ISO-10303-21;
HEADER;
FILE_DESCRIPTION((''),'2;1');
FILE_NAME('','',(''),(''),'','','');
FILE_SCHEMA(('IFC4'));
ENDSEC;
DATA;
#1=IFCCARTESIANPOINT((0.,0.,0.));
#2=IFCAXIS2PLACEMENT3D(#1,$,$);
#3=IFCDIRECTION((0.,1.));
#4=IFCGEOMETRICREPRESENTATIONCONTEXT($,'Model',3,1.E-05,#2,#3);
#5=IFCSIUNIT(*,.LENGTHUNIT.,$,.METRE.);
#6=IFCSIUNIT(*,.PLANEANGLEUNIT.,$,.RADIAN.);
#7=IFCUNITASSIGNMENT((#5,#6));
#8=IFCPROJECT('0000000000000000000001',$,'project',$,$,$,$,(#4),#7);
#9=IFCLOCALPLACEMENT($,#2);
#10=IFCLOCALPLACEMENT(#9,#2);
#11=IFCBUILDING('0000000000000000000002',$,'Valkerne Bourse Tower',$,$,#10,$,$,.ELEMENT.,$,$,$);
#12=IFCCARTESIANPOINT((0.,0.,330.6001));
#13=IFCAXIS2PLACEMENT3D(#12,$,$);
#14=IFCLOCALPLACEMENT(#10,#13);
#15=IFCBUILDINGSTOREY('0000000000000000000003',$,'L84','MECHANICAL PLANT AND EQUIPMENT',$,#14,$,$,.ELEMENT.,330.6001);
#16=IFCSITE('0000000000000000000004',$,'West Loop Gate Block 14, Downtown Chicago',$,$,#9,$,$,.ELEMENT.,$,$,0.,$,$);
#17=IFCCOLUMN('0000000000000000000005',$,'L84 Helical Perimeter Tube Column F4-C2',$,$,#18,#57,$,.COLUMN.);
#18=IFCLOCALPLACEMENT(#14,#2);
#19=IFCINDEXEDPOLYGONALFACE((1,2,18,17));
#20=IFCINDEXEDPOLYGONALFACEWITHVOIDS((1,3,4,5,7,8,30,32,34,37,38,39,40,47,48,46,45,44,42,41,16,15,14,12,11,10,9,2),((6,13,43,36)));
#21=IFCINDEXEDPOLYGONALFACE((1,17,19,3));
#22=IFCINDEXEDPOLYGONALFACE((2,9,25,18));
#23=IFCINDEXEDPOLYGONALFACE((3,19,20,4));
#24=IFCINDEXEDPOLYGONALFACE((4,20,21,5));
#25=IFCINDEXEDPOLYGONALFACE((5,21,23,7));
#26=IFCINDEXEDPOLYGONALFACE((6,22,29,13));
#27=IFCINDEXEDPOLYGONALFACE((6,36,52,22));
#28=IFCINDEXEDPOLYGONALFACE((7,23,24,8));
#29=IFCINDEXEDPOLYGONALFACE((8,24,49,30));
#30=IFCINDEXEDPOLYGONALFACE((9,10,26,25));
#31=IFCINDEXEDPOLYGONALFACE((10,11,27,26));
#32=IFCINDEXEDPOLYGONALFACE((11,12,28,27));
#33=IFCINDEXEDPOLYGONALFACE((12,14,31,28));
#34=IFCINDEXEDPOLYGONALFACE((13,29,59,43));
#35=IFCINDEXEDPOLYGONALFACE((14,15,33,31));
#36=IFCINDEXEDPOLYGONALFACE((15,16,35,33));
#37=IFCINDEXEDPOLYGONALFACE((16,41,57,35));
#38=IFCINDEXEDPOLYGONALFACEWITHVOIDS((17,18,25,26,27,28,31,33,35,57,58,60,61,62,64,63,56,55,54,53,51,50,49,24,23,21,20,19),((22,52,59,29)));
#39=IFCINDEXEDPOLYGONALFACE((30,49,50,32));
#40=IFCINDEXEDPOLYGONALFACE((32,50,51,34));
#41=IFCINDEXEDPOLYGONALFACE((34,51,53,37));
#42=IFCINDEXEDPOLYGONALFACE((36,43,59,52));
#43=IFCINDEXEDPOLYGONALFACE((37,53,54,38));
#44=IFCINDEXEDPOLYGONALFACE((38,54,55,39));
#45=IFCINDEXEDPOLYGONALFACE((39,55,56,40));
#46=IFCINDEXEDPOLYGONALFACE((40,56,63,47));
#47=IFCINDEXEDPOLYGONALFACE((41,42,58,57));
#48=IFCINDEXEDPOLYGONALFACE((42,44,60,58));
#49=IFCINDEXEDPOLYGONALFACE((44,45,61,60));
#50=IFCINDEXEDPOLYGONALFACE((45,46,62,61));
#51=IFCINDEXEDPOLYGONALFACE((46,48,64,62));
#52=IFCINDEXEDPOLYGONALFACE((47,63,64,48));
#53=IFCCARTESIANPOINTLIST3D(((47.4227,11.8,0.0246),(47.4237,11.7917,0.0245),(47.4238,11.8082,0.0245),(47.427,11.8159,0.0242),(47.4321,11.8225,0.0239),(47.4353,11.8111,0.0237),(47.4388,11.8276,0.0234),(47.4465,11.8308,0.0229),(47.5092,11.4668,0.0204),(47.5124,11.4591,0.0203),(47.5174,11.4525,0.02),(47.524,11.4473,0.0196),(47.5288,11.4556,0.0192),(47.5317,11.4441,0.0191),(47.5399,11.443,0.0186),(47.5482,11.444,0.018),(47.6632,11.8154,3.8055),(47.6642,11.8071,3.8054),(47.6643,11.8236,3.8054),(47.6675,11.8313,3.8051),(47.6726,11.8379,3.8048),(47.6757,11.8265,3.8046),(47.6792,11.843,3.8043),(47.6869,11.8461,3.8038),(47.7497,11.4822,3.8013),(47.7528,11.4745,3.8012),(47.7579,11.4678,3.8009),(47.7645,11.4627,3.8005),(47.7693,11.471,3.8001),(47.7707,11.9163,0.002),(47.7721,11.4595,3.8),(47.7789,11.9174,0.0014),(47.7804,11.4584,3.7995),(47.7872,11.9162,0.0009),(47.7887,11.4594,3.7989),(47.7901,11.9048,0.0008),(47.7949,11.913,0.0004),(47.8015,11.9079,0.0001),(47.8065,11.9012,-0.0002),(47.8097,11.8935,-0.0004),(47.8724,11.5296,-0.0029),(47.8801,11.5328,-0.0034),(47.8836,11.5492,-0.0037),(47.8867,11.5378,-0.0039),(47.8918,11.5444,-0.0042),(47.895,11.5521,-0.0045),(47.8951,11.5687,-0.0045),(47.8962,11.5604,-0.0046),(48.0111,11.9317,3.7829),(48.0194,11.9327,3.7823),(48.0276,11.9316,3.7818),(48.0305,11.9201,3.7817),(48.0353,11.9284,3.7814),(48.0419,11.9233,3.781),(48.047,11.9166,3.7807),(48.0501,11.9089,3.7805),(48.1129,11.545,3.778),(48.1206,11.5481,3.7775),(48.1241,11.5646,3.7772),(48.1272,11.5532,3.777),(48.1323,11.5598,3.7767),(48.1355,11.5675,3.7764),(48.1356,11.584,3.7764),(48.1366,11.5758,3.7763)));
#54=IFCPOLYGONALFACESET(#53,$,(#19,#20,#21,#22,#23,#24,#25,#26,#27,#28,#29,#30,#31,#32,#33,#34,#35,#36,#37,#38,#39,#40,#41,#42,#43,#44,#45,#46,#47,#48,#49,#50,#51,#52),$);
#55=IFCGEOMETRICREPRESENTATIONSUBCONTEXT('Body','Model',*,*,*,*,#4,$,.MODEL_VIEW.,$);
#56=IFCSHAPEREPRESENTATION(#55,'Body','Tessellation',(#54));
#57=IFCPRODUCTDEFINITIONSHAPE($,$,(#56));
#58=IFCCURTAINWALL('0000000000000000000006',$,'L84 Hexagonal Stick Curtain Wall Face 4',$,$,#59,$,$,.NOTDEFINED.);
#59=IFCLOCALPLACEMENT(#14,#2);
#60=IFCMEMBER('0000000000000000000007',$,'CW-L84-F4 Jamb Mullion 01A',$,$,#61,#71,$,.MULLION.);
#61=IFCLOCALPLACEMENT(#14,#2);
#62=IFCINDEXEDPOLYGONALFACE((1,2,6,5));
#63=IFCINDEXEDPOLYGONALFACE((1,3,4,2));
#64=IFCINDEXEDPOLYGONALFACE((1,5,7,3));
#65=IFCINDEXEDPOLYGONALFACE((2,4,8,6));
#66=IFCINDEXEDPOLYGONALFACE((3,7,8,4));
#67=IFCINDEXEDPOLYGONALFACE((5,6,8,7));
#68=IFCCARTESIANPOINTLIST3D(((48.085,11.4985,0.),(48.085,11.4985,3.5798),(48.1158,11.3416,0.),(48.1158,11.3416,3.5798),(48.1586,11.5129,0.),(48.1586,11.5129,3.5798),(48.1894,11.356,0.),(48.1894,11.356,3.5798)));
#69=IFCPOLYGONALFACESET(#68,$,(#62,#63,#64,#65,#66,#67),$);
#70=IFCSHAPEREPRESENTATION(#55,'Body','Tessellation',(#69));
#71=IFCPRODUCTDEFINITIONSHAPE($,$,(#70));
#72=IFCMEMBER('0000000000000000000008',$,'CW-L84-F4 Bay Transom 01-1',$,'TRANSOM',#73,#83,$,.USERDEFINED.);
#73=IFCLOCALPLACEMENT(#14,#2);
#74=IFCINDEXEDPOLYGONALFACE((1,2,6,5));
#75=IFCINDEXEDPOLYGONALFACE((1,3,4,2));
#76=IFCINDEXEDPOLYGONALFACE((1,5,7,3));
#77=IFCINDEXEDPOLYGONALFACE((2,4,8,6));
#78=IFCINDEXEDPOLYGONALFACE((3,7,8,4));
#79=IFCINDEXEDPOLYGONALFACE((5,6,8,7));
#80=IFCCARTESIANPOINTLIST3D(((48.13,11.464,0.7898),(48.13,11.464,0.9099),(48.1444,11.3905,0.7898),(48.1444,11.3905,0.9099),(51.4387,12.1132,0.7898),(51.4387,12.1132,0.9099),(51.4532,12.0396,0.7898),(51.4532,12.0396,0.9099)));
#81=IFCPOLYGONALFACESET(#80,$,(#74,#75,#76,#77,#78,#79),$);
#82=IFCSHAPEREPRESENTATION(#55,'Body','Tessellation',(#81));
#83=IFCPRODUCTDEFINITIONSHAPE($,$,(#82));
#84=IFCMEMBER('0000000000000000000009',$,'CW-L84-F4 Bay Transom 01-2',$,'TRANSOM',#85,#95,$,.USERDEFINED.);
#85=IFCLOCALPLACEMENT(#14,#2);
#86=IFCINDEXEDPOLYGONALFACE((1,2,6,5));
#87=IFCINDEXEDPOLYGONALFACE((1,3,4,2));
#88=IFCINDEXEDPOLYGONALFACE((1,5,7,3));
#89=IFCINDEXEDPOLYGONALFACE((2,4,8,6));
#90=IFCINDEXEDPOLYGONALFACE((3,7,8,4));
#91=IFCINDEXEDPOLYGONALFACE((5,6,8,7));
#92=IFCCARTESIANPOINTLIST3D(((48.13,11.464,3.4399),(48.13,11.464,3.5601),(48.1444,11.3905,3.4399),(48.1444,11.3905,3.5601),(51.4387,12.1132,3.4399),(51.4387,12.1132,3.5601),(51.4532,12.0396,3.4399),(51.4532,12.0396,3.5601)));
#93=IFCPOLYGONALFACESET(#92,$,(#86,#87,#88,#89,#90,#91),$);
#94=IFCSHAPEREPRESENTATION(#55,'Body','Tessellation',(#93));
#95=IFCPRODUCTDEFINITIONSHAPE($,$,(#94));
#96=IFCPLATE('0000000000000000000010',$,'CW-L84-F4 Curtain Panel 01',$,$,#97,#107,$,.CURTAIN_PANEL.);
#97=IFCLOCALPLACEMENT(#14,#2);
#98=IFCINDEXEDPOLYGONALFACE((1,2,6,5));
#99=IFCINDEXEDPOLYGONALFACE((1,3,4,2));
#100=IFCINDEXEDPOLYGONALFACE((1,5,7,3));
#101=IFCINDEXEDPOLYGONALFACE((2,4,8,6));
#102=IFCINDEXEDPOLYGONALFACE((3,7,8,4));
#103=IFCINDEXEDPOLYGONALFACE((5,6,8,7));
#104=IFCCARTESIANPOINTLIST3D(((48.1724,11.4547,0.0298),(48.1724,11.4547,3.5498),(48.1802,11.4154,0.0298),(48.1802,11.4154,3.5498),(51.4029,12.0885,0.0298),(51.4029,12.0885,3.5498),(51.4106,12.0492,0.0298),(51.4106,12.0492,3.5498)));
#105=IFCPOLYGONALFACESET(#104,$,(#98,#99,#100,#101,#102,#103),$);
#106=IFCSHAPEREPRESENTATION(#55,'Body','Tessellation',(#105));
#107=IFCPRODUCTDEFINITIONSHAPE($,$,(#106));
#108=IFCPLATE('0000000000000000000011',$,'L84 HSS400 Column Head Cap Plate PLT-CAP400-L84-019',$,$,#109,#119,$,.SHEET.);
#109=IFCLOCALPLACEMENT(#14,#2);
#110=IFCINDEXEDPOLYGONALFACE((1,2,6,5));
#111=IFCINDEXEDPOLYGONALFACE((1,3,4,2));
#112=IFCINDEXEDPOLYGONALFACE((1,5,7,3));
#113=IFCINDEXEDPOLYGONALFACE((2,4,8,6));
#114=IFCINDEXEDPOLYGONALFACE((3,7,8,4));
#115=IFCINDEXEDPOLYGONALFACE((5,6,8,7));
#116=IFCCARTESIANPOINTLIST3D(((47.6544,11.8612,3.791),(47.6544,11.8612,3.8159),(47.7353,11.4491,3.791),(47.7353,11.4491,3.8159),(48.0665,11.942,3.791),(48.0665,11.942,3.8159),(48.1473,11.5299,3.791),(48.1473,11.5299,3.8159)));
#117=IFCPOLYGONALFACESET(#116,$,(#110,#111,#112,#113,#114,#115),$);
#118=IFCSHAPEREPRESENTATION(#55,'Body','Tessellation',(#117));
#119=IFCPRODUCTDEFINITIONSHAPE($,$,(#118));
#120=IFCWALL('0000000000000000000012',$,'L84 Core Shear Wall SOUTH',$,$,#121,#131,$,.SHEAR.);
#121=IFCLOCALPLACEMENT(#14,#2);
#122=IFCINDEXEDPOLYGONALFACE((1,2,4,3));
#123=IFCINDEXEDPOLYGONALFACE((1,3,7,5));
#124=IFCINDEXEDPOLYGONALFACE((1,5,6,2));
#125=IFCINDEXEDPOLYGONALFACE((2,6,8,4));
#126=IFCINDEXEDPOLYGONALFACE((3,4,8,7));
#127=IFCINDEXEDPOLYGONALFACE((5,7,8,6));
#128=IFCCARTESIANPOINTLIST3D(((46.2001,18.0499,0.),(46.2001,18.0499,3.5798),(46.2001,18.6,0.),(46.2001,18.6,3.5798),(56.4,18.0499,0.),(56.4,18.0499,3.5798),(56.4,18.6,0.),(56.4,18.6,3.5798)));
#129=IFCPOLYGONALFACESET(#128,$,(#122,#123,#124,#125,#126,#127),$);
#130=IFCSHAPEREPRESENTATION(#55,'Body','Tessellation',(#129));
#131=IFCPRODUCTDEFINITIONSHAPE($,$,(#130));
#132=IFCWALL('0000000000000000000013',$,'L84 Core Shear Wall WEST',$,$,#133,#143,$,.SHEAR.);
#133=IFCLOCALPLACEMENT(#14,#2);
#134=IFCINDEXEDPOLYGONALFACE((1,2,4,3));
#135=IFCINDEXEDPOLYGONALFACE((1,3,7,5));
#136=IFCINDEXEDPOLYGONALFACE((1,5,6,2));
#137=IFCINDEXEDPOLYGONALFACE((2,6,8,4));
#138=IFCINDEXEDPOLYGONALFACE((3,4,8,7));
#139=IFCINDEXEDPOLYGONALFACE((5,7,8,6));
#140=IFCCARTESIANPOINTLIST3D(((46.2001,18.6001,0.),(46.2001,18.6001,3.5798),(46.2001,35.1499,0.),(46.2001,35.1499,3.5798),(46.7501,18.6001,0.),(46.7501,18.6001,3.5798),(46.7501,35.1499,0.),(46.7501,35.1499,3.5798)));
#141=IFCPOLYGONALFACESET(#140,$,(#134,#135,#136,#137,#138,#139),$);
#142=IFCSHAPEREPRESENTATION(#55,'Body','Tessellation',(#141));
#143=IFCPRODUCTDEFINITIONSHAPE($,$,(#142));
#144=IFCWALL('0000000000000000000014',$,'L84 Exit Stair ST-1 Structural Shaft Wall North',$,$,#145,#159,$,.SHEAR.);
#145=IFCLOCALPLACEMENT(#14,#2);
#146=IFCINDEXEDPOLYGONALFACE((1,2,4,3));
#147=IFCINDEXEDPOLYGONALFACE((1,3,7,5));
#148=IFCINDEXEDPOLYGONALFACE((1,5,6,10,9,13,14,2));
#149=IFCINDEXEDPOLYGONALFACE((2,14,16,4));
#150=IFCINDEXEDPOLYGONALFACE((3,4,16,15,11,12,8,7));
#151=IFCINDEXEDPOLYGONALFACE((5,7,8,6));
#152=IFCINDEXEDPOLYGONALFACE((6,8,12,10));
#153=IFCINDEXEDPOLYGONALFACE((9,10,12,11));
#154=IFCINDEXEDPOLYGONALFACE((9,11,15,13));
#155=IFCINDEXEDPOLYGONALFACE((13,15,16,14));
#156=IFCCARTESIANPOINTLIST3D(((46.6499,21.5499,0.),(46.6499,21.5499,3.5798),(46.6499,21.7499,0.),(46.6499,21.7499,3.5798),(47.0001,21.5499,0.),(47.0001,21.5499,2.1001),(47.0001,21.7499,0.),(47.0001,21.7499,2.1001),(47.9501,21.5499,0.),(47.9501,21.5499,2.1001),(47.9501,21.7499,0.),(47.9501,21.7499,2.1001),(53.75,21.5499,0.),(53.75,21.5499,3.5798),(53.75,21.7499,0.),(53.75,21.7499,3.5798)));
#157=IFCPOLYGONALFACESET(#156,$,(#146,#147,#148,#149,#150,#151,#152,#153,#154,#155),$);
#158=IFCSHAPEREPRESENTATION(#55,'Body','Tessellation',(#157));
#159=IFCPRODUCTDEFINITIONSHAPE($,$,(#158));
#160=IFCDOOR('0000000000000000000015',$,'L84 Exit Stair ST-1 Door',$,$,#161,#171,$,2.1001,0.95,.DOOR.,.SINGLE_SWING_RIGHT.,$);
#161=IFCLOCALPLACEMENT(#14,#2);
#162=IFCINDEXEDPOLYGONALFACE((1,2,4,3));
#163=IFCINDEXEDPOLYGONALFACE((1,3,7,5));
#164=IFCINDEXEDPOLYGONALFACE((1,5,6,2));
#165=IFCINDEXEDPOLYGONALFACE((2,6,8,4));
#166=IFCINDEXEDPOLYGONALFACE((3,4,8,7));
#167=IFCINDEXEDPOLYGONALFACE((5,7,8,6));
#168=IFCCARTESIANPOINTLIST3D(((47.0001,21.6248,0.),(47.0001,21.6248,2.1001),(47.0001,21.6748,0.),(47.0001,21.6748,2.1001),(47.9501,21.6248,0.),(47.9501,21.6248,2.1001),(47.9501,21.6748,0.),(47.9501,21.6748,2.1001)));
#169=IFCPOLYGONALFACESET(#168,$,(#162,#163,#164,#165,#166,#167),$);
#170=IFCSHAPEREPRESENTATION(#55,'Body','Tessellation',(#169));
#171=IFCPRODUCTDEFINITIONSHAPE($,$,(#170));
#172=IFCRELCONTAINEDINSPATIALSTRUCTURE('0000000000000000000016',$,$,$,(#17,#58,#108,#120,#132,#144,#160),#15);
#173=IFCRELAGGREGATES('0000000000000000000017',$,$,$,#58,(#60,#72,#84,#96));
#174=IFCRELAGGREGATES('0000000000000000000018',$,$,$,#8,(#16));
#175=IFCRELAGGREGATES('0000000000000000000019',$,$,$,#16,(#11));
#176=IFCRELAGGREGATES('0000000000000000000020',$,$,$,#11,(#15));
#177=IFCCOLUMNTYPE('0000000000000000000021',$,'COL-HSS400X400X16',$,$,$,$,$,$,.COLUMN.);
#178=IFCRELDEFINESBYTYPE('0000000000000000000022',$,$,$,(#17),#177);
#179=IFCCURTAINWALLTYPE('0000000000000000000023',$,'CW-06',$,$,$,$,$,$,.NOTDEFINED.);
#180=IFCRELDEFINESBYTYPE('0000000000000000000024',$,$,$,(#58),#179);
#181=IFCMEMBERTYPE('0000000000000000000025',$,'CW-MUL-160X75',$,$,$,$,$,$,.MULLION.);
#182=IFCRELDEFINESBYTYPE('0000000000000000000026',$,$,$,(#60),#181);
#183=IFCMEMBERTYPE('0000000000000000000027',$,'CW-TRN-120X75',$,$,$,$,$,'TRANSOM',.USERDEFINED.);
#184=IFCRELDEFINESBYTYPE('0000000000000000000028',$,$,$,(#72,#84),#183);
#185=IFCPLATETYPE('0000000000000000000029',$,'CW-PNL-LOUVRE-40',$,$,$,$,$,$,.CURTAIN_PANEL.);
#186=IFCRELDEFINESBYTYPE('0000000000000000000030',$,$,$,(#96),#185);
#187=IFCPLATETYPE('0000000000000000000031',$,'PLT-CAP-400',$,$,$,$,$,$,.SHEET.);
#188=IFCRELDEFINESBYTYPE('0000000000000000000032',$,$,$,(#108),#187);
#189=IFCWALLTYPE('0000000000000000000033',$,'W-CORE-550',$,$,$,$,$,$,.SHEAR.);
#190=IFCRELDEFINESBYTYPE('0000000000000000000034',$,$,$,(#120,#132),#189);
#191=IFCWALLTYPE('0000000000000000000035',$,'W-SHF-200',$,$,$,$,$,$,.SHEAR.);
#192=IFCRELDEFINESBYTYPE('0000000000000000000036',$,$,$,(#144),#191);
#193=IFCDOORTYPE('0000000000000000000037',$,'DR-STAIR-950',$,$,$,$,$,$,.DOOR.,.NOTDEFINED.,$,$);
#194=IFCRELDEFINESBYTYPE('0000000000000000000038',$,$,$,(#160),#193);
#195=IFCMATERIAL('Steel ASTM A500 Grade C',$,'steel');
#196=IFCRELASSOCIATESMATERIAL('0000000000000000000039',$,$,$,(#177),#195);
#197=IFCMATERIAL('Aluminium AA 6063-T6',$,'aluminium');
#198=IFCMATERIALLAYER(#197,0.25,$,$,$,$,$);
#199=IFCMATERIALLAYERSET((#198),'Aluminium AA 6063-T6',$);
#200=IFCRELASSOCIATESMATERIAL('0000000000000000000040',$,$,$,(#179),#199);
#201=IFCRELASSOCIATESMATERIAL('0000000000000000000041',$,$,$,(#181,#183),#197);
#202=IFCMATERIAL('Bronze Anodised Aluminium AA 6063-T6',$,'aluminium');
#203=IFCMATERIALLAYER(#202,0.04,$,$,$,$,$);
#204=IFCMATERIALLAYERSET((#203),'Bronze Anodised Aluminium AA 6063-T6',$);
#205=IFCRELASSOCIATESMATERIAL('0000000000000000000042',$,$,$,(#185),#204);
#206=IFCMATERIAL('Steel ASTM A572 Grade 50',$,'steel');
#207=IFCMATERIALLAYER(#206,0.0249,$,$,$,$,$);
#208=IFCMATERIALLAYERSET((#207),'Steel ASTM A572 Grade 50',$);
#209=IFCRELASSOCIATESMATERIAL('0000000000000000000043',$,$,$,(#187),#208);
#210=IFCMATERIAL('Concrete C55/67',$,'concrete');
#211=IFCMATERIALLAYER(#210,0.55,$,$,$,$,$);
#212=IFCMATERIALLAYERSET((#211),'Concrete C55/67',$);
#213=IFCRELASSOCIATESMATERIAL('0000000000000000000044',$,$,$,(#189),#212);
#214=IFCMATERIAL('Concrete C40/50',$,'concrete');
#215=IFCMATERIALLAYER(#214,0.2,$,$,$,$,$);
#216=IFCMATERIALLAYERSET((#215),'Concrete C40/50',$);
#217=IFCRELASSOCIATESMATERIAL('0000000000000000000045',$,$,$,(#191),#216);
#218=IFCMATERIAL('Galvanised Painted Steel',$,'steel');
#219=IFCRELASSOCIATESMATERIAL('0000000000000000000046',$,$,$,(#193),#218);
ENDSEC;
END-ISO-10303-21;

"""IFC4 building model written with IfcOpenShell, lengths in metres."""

from ifc_helpers import new_model, si_unit, direction, frame, frame_2d, origin, origin_2d, place, context, subcontext, project, spatial, rectangle, hollow_rectangle, extrude, material, layer, layer_set, material_profile, profile_set, type_object, element, fill, aggregate, save


model = new_model("IFC4")

# Units and contexts
model_context = context("Model", 3, precision=1e-05, world=origin(), true_north=direction((0.0, 1.0)))
body_context = subcontext(model_context, "Body", "Model", "MODEL_VIEW")
ifc_project = project(units=[si_unit("LENGTHUNIT", "METRE"), si_unit("PLANEANGLEUNIT", "RADIAN")], contexts=[model_context])

# Site, building, storey
site_placement = place(None, origin())
site = spatial("IfcSite", under=ifc_project, at=site_placement, Name="West Loop Gate Block 14, Downtown Chicago", CompositionType="ELEMENT", RefElevation=0.0)
building_placement = place(site_placement, origin())
building = spatial("IfcBuilding", under=site, at=building_placement, Name="Valkerne Bourse Tower", CompositionType="ELEMENT")
storey_placement = place(building_placement, frame((0.0, 0.0, 330.6001)))
storey = spatial("IfcBuildingStorey", under=building, at=storey_placement, Name="L84", Description="MECHANICAL PLANT AND EQUIPMENT", CompositionType="ELEMENT", Elevation=330.6001)

# Column
ifc_material_1 = material(Name="Steel ASTM A500 Grade C", Category="steel")
ifc_material_profile_1 = material_profile(ifc_material_1, hollow_rectangle(XDim=0.3999, YDim=0.3999, WallThickness=0.0161, OuterFilletRadius=0.032, at=origin_2d()), Name="HSS400X400X16")
ifc_profile_set_1 = profile_set([ifc_material_profile_1], Name="Steel ASTM A500 Grade C")
column_type = type_object("IfcColumnType", Name="COL-HSS400X400X16", PredefinedType="COLUMN", material=ifc_profile_set_1)
column_placement = place(storey_placement, frame((47.6594, 11.6802, 0.01), z_axis=(0.063473, 0.00406, 0.997975), x_axis=(-0.254375, 0.967028, 0.012245)))
element("IfcColumn", 1, at=column_placement, inside=storey, type_object=column_type, Name="L84 Helical Perimeter Tube Column F4-C2", PredefinedType="COLUMN", context=body_context, shape_type="SweptSolid", body=[
    extrude(hollow_rectangle(XDim=0.3999, YDim=0.3999, WallThickness=0.0161, OuterFilletRadius=0.032, at=origin_2d()), origin(), (0.0, 0.0, 1.0), 3.7886),
])

# Curtain wall, members, plate
ifc_material_2 = material(Name="Aluminium AA 6063-T6", Category="aluminium")
ifc_layer_1 = layer(ifc_material_2, 0.25)
ifc_layer_set_1 = layer_set([ifc_layer_1], Name="Aluminium AA 6063-T6")
curtain_wall_type = type_object("IfcCurtainWallType", Name="CW-06", PredefinedType="NOTDEFINED", material=ifc_layer_set_1)
curtain_wall_placement = place(storey_placement, origin())
curtain_wall = element("IfcCurtainWall", 2, at=curtain_wall_placement, inside=storey, type_object=curtain_wall_type, Name="L84 Hexagonal Stick Curtain Wall Face 4", PredefinedType="NOTDEFINED")
ifc_material_profile_2 = material_profile(ifc_material_2, rectangle(XDim=0.075, YDim=0.1599, at=origin_2d()), Name="CWM-75X160")
ifc_profile_set_2 = profile_set([ifc_material_profile_2], Name="Aluminium AA 6063-T6")
member_type_1 = type_object("IfcMemberType", Name="CW-MUL-160X75", PredefinedType="MULLION", material=ifc_profile_set_2)
member_1_placement = place(storey_placement, frame((48.1372, 11.4272, 0.0), z_axis=(0.0, 0.0, 1.0), x_axis=(0.981293, 0.192522, 0.0)))
member_1 = element("IfcMember", 3, at=member_1_placement, type_object=member_type_1, Name="CW-L84-F4 Jamb Mullion 01A", PredefinedType="MULLION", context=body_context, shape_type="SweptSolid", body=[
    extrude(rectangle(XDim=0.075, YDim=0.1599, at=origin_2d()), origin(), (0.0, 0.0, 1.0), 3.5798),
])
ifc_material_profile_3 = material_profile(ifc_material_2, rectangle(XDim=0.075, YDim=0.1201, at=origin_2d()), Name="CWT-75X120")
ifc_profile_set_3 = profile_set([ifc_material_profile_3], Name="Aluminium AA 6063-T6")
member_type_2 = type_object("IfcMemberType", Name="CW-TRN-120X75", ElementType="TRANSOM", PredefinedType="USERDEFINED", material=ifc_profile_set_3)
member_2_placement = place(storey_placement, frame((48.1372, 11.4272, 0.8499), z_axis=(0.981293, 0.192522, 0.0), x_axis=(-0.192522, 0.981293, 0.0)))
member_2 = element("IfcMember", 4, at=member_2_placement, type_object=member_type_2, Name="CW-L84-F4 Bay Transom 01-1", ObjectType="TRANSOM", PredefinedType="USERDEFINED", context=body_context, shape_type="SweptSolid", body=[
    extrude(rectangle(XDim=0.075, YDim=0.1201, at=origin_2d()), origin(), (0.0, 0.0, 1.0), 3.3718),
])
member_3_placement = place(storey_placement, frame((48.1372, 11.4272, 3.5), z_axis=(0.981293, 0.192522, 0.0), x_axis=(-0.192522, 0.981293, 0.0)))
member_3 = element("IfcMember", 5, at=member_3_placement, type_object=member_type_2, Name="CW-L84-F4 Bay Transom 01-2", ObjectType="TRANSOM", PredefinedType="USERDEFINED", context=body_context, shape_type="SweptSolid", body=[
    extrude(rectangle(XDim=0.075, YDim=0.1201, at=origin_2d()), origin(), (0.0, 0.0, 1.0), 3.3718),
])
ifc_material_3 = material(Name="Bronze Anodised Aluminium AA 6063-T6", Category="aluminium")
ifc_layer_2 = layer(ifc_material_3, 0.04)
ifc_layer_set_2 = layer_set([ifc_layer_2], Name="Bronze Anodised Aluminium AA 6063-T6")
plate_type_1 = type_object("IfcPlateType", Name="CW-PNL-LOUVRE-40", PredefinedType="CURTAIN_PANEL", material=ifc_layer_set_2)
plate_1_placement = place(storey_placement, frame((49.7915, 11.752, 0.0298), z_axis=(0.0, 0.0, 1.0), x_axis=(0.981293, 0.192522, 0.0)))
plate_1 = element("IfcPlate", 6, at=plate_1_placement, type_object=plate_type_1, Name="CW-L84-F4 Curtain Panel 01", PredefinedType="CURTAIN_PANEL", context=body_context, shape_type="SweptSolid", body=[
    extrude(rectangle(XDim=3.292, YDim=0.04, at=origin_2d()), origin(), (0.0, 0.0, 1.0), 3.52),
])
aggregate(curtain_wall, [member_1, member_2, member_3, plate_1])

# Plate
ifc_material_4 = material(Name="Steel ASTM A572 Grade 50", Category="steel")
ifc_layer_3 = layer(ifc_material_4, 0.0249)
ifc_layer_set_3 = layer_set([ifc_layer_3], Name="Steel ASTM A572 Grade 50")
plate_type_2 = type_object("IfcPlateType", Name="PLT-CAP-400", PredefinedType="SHEET", material=ifc_layer_set_3)
plate_2_placement = place(storey_placement, frame((47.9009, 11.6956, 3.791), z_axis=(0.0, 0.0, 1.0), x_axis=(0.981293, 0.192522, 0.0)))
element("IfcPlate", 7, at=plate_2_placement, inside=storey, type_object=plate_type_2, Name="L84 HSS400 Column Head Cap Plate PLT-CAP400-L84-019", PredefinedType="SHEET", context=body_context, shape_type="SweptSolid", body=[
    extrude(rectangle(XDim=0.4199, YDim=0.4199, at=origin_2d()), origin(), (0.0, 0.0, 1.0), 0.0249),
])

# Walls
ifc_material_5 = material(Name="Concrete C55/67", Category="concrete")
ifc_layer_4 = layer(ifc_material_5, 0.55)
ifc_layer_set_4 = layer_set([ifc_layer_4], Name="Concrete C55/67")
wall_type_1 = type_object("IfcWallType", Name="W-CORE-550", PredefinedType="SHEAR", material=ifc_layer_set_4)
wall_1_placement = place(storey_placement, frame((46.2, 18.325, 0.0), z_axis=(0.0, 0.0, 1.0), x_axis=(1.0, 0.0, 0.0)))
element("IfcWall", 8, at=wall_1_placement, inside=storey, type_object=wall_type_1, Name="L84 Core Shear Wall SOUTH", PredefinedType="SHEAR", context=body_context, shape_type="SweptSolid", body=[
    extrude(rectangle(XDim=10.2, YDim=0.55, at=frame_2d((5.1001, 0.0))), origin(), (0.0, 0.0, 1.0), 3.5798),
])
wall_2_placement = place(storey_placement, frame((46.4751, 18.6001, 0.0), z_axis=(0.0, 0.0, 1.0), x_axis=(0.0, 1.0, 0.0)))
element("IfcWall", 9, at=wall_2_placement, inside=storey, type_object=wall_type_1, Name="L84 Core Shear Wall WEST", PredefinedType="SHEAR", context=body_context, shape_type="SweptSolid", body=[
    extrude(rectangle(XDim=16.5498, YDim=0.55, at=frame_2d((8.2749, 0.0))), origin(), (0.0, 0.0, 1.0), 3.5798),
])

# Wall, opening, door
ifc_material_6 = material(Name="Concrete C40/50", Category="concrete")
ifc_layer_5 = layer(ifc_material_6, 0.2)
ifc_layer_set_5 = layer_set([ifc_layer_5], Name="Concrete C40/50")
wall_type_2 = type_object("IfcWallType", Name="W-SHF-200", PredefinedType="SHEAR", material=ifc_layer_set_5)
wall_3_placement = place(storey_placement, frame((46.6499, 21.6499, 0.0), z_axis=(0.0, 0.0, 1.0), x_axis=(1.0, 0.0, 0.0)))
wall_3 = element("IfcWall", 10, at=wall_3_placement, inside=storey, type_object=wall_type_2, Name="L84 Exit Stair ST-1 Structural Shaft Wall North", PredefinedType="SHEAR", context=body_context, shape_type="SweptSolid", body=[
    extrude(rectangle(XDim=7.1001, YDim=0.2, at=frame_2d((3.55, 0.0))), origin(), (0.0, 0.0, 1.0), 3.5798),
])
opening_placement = place(wall_3_placement, frame((0.3501, 0.0, 0.0)))
opening = element("IfcOpeningElement", 11, at=opening_placement, cuts=wall_3, PredefinedType="OPENING", context=body_context, shape_type="SweptSolid", body=[
    extrude(rectangle(XDim=0.95, YDim=2.1001, at=frame_2d((0.4751, 1.05))), frame((0.0, 0.1099, 0.0), z_axis=(0.0, -1.0, 0.0), x_axis=(1.0, 0.0, 0.0)), (0.0, 0.0, 1.0), 0.22),
])
ifc_material_7 = material(Name="Galvanised Painted Steel", Category="steel")
door_type = type_object("IfcDoorType", Name="DR-STAIR-950", OperationType="NOTDEFINED", PredefinedType="DOOR", material=ifc_material_7)
door_placement = place(opening_placement, origin())
door = element("IfcDoor", 12, at=door_placement, inside=storey, type_object=door_type, Name="L84 Exit Stair ST-1 Door", OperationType="SINGLE_SWING_RIGHT", OverallHeight=2.1001, OverallWidth=0.95, PredefinedType="DOOR", context=body_context, shape_type="SweptSolid", body=[
    extrude(rectangle(XDim=0.95, YDim=2.1001, at=frame_2d((0.4751, 1.05))), frame((0.0, 0.0249, 0.0), z_axis=(0.0, -1.0, 0.0), x_axis=(1.0, 0.0, 0.0)), (0.0, 0.0, 1.0), 0.05),
])
fill(opening, door)

save(model, "model.ifc")
